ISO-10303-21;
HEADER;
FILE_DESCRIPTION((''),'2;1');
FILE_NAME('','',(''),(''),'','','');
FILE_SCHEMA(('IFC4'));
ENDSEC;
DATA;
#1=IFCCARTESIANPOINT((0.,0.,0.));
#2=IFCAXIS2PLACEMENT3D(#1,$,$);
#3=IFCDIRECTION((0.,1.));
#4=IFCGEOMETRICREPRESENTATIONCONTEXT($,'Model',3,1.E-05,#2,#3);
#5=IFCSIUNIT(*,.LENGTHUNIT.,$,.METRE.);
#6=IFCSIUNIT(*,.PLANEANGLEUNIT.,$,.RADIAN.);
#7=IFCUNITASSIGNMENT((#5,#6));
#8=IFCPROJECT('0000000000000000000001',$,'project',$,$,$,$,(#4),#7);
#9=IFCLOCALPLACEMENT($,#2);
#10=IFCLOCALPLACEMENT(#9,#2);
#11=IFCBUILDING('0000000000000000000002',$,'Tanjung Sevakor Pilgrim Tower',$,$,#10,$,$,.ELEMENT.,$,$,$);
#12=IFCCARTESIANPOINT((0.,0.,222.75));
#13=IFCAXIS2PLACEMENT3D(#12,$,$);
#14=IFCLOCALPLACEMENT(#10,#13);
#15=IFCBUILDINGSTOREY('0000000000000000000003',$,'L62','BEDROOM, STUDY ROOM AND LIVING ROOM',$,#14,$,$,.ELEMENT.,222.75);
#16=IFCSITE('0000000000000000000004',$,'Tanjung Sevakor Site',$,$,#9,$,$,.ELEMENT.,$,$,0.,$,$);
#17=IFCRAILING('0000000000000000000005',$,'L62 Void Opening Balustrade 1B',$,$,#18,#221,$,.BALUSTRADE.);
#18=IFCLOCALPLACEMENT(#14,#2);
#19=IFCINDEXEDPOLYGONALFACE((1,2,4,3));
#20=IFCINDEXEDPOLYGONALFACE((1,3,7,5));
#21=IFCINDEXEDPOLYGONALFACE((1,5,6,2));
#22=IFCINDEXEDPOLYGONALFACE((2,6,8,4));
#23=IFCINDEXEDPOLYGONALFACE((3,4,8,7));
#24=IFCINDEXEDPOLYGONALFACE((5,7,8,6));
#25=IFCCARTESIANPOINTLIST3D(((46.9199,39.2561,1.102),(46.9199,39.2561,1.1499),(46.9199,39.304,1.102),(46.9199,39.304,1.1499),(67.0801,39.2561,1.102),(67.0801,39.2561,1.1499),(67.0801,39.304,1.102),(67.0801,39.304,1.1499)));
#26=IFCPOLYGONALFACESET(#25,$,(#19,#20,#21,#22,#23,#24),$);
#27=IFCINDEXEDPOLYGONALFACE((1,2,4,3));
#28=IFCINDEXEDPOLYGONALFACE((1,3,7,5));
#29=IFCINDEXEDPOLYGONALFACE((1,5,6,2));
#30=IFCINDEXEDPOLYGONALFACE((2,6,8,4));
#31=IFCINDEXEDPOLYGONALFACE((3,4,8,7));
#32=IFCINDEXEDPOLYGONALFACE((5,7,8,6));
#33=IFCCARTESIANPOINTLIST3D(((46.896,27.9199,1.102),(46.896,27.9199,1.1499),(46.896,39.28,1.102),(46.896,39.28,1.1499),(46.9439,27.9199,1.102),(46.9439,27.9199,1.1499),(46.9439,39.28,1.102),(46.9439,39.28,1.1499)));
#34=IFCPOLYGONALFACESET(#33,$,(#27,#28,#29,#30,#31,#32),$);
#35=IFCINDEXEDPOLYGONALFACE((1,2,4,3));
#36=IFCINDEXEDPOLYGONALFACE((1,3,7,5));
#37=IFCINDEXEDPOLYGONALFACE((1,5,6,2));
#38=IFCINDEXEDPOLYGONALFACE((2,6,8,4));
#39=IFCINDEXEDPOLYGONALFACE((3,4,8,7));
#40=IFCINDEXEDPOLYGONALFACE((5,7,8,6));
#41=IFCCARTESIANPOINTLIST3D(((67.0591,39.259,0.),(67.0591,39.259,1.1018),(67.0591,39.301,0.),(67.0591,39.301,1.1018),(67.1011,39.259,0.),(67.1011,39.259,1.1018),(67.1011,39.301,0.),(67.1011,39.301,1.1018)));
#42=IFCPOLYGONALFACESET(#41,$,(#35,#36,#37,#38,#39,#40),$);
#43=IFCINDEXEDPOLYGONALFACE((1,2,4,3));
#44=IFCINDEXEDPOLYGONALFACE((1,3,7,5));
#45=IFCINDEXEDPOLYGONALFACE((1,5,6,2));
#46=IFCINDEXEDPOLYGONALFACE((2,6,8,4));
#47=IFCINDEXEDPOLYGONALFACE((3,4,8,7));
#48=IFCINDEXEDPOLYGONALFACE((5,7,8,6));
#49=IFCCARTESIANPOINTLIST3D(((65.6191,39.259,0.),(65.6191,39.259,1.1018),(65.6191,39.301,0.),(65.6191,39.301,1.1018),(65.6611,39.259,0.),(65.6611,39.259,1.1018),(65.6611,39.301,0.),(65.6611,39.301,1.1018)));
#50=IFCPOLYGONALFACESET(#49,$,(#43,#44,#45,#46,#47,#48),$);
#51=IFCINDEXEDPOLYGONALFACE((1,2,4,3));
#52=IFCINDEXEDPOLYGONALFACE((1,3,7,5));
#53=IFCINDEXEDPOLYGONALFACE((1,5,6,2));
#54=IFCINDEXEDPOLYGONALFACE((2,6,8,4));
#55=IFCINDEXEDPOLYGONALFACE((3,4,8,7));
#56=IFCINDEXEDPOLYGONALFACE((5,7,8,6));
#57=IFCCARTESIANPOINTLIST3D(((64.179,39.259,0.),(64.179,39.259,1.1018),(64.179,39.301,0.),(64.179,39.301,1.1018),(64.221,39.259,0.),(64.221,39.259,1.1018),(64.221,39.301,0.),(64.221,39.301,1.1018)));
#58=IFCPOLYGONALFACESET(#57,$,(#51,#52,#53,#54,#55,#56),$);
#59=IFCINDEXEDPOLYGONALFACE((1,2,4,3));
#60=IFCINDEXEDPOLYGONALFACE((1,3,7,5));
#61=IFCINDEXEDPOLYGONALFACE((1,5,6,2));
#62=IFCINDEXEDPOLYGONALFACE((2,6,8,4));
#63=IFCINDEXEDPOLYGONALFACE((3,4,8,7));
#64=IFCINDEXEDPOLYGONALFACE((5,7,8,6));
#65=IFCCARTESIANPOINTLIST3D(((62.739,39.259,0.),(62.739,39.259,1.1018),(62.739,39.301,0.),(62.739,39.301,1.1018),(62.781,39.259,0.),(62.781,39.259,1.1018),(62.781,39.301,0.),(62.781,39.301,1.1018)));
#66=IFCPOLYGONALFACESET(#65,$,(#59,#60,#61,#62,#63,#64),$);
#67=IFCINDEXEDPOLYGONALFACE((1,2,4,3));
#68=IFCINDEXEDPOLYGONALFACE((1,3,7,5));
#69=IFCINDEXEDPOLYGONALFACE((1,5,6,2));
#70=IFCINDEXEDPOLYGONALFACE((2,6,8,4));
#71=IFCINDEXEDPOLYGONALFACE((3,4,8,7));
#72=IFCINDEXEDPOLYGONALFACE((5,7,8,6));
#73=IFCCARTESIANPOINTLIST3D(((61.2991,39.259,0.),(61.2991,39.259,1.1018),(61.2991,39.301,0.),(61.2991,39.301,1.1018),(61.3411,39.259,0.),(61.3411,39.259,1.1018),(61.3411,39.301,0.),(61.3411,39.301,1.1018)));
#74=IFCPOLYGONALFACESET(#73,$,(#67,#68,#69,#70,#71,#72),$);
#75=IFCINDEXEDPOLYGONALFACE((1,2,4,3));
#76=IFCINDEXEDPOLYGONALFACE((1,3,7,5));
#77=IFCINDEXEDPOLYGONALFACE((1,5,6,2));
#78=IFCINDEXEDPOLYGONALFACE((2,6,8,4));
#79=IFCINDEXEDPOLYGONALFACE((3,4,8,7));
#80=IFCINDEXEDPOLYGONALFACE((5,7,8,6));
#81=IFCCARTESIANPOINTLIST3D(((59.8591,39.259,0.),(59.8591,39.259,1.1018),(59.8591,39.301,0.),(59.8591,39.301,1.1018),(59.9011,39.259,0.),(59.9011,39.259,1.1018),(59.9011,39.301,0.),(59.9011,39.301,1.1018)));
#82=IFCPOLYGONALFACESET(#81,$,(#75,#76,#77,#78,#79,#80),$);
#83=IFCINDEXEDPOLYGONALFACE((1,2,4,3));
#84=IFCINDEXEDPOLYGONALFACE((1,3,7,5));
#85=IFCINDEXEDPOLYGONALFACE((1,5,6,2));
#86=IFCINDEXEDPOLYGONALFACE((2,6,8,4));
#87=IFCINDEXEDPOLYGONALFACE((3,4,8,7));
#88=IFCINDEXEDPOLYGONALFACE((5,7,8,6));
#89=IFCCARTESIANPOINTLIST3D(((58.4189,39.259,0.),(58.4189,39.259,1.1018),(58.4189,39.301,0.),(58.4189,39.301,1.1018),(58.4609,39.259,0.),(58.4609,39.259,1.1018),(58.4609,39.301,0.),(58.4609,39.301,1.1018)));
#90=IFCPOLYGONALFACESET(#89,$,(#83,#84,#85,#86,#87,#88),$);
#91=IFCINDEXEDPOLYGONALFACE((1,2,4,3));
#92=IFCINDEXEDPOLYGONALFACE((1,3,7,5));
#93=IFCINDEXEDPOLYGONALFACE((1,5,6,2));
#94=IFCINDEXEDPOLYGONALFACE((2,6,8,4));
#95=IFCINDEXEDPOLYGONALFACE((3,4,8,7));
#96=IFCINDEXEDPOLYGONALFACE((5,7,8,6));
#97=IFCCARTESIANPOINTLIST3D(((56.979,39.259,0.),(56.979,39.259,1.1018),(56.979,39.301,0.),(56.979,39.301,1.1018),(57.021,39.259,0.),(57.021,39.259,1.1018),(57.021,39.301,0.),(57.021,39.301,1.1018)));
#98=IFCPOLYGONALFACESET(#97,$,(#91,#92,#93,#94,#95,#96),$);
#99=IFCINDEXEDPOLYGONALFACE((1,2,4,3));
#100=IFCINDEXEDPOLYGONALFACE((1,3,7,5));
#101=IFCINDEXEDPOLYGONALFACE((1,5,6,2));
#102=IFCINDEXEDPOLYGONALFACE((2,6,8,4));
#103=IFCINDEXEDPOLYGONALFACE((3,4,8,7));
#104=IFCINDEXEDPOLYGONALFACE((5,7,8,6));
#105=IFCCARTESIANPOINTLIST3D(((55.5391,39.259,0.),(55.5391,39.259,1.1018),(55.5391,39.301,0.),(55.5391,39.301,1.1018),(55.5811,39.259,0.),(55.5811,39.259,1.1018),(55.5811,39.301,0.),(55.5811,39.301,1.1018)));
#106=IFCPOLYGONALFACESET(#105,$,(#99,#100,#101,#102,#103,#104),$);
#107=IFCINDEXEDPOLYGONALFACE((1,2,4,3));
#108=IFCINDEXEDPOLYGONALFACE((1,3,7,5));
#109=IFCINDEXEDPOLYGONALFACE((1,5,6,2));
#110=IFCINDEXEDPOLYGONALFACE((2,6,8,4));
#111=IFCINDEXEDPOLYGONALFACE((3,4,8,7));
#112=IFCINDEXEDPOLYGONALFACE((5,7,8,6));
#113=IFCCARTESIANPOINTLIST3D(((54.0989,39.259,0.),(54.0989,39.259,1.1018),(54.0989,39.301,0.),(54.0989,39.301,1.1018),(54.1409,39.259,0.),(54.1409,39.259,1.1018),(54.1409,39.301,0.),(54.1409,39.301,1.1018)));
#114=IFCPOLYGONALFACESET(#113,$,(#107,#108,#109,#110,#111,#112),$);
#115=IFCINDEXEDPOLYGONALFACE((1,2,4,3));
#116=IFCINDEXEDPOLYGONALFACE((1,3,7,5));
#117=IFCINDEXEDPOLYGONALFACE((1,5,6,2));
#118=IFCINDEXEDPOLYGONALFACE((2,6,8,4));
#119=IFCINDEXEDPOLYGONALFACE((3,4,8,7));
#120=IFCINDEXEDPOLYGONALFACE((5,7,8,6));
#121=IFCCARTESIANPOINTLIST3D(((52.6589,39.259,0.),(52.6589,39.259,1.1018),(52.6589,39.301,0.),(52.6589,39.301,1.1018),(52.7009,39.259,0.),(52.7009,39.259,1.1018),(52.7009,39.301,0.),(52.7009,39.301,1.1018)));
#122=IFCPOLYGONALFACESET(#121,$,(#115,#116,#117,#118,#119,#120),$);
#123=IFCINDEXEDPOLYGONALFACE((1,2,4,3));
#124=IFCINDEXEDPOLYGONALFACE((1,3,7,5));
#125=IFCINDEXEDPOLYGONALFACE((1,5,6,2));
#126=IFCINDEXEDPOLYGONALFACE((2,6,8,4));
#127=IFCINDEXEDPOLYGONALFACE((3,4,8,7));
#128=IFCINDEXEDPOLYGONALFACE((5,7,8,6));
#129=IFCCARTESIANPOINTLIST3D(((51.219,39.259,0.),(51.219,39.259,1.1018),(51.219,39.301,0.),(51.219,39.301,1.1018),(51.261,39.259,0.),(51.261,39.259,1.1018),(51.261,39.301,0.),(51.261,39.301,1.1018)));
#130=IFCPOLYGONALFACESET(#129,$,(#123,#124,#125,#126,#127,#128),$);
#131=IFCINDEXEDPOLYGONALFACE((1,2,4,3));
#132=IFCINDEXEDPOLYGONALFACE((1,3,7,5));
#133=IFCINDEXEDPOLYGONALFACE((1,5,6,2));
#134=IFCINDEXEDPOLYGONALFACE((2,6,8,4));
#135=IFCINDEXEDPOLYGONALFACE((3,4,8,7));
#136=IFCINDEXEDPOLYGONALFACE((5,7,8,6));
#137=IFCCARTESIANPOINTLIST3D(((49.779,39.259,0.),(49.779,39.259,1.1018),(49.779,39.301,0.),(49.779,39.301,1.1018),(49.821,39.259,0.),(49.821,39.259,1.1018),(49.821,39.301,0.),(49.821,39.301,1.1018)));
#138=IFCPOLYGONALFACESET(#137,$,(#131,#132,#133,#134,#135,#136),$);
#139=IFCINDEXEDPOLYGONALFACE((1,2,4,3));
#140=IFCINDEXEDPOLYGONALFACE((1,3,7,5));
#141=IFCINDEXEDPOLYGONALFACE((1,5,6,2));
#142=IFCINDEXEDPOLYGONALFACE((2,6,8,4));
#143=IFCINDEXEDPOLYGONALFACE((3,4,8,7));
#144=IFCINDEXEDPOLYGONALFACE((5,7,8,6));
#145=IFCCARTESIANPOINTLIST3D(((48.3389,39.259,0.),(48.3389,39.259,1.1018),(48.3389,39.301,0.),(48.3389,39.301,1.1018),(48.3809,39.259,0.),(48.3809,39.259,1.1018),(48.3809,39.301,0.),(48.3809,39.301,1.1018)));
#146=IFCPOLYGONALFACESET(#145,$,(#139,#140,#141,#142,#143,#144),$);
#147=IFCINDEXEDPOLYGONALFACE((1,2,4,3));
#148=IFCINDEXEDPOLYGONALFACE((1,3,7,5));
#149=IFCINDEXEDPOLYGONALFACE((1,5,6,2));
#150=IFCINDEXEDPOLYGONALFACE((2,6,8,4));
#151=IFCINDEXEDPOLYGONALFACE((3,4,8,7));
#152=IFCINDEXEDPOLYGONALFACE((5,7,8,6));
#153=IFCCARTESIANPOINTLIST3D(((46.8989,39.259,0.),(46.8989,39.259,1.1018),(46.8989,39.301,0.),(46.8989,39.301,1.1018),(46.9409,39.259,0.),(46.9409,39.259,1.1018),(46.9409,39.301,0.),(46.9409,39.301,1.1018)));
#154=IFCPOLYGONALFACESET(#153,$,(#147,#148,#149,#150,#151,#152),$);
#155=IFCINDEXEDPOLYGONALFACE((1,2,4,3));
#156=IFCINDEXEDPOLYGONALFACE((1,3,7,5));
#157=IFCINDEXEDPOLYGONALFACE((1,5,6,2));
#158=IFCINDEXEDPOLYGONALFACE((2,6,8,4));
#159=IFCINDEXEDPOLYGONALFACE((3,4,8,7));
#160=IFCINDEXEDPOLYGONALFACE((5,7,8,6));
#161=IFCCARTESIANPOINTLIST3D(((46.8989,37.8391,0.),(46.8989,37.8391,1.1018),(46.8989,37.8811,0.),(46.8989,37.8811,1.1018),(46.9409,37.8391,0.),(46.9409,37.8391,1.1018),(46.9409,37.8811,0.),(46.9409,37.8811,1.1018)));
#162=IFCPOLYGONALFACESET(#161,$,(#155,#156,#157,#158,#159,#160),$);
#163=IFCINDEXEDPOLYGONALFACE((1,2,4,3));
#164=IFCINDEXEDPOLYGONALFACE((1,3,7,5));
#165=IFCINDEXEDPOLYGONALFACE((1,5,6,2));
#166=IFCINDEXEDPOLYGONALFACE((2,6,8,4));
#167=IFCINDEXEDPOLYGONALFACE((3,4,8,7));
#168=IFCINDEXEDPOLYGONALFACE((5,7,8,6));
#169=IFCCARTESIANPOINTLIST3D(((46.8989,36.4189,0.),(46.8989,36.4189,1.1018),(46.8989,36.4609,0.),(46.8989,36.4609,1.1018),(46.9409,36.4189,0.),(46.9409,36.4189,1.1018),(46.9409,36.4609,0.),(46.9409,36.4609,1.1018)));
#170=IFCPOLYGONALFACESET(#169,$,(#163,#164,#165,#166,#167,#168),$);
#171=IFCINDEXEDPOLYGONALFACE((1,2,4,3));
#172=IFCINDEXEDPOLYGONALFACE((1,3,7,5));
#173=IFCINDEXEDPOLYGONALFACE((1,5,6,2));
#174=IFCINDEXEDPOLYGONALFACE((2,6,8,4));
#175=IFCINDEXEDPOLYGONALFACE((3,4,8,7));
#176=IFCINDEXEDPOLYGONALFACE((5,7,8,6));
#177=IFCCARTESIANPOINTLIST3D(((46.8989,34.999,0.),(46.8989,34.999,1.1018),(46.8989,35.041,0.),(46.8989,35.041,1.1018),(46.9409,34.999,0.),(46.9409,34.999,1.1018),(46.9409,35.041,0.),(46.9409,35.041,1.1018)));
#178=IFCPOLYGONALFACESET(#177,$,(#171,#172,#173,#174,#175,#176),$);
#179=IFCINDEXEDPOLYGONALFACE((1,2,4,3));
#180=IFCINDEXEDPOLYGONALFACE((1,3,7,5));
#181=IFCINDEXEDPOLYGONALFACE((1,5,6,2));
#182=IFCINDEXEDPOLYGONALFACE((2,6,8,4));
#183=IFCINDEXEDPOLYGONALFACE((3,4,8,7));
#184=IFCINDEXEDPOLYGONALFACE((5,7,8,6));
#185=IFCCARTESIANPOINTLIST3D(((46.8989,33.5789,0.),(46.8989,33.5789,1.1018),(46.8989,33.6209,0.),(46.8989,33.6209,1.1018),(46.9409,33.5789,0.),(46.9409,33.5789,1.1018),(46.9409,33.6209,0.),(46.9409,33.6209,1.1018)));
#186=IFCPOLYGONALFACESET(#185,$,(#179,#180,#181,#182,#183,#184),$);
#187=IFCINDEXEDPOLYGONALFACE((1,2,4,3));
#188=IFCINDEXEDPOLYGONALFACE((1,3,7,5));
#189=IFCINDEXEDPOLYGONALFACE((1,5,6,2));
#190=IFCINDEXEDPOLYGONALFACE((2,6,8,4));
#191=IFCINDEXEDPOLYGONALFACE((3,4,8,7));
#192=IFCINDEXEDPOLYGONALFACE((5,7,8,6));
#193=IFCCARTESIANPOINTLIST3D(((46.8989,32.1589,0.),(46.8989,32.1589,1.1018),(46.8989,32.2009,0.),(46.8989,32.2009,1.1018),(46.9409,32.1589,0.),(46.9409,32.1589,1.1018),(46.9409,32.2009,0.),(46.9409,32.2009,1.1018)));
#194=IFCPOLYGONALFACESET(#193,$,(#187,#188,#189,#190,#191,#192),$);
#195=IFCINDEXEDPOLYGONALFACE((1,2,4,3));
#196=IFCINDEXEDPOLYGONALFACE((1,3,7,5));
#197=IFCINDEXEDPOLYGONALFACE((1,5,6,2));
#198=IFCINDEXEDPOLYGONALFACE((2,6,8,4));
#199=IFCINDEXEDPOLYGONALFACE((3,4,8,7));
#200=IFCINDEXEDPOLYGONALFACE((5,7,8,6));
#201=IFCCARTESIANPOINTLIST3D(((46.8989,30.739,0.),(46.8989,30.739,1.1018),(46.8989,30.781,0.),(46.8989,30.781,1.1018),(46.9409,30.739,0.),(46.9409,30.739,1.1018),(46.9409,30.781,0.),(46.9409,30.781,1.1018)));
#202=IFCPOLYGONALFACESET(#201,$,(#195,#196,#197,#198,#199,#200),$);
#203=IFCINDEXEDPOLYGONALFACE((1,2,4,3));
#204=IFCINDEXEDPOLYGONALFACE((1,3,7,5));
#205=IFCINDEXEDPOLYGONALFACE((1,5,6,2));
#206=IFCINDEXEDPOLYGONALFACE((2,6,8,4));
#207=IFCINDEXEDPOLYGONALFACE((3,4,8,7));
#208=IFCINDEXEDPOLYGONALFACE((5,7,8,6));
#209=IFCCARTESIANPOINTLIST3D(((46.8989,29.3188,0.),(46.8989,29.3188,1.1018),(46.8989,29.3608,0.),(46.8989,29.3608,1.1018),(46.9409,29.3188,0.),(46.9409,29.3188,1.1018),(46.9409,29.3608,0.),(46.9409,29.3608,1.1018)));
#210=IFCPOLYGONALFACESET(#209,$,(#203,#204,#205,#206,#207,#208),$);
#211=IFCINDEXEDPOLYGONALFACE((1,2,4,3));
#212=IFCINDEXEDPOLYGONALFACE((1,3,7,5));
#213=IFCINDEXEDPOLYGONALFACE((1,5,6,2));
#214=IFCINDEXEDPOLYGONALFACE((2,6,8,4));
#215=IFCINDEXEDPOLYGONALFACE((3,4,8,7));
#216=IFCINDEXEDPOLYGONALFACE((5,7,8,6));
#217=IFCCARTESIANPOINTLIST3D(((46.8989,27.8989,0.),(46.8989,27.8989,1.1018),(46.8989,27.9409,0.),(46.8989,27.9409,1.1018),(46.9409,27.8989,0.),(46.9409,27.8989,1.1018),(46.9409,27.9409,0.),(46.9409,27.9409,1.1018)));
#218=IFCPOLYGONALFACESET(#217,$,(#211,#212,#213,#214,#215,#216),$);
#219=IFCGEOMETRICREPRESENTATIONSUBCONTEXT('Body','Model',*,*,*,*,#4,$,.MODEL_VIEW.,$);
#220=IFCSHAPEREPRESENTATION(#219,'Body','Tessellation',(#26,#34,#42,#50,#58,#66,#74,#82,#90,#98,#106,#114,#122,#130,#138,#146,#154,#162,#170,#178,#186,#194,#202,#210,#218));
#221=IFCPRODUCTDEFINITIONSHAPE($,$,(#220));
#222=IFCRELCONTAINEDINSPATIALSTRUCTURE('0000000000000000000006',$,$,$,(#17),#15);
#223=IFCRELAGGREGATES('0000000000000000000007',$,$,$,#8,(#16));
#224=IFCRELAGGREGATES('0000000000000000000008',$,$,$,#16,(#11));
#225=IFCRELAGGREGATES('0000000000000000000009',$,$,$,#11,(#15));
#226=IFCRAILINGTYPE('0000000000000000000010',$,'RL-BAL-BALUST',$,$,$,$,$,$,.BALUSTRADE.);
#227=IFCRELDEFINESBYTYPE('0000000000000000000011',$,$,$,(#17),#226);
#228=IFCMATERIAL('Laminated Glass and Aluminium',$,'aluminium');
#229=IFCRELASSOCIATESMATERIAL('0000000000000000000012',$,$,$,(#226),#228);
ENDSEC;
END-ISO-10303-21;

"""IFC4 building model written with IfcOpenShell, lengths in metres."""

from ifc_helpers import new_model, si_unit, direction, frame, origin, place, context, subcontext, project, spatial, rectangle, extrude, material, type_object, element, save


model = new_model("IFC4")

# Units and contexts
model_context = context("Model", 3, precision=1e-05, world=origin(), true_north=direction((0.0, 1.0)))
body_context = subcontext(model_context, "Body", "Model", "MODEL_VIEW")
ifc_project = project(units=[si_unit("LENGTHUNIT", "METRE"), si_unit("PLANEANGLEUNIT", "RADIAN")], contexts=[model_context])

# Site, building, storey
site_placement = place(None, origin())
site = spatial("IfcSite", under=ifc_project, at=site_placement, Name="Tanjung Sevakor Site", CompositionType="ELEMENT", RefElevation=0.0)
building_placement = place(site_placement, origin())
building = spatial("IfcBuilding", under=site, at=building_placement, Name="Tanjung Sevakor Pilgrim Tower", CompositionType="ELEMENT")
storey_placement = place(building_placement, frame((0.0, 0.0, 222.75)))
storey = spatial("IfcBuildingStorey", under=building, at=storey_placement, Name="L62", Description="BEDROOM, STUDY ROOM AND LIVING ROOM", CompositionType="ELEMENT", Elevation=222.75)

# Railing
ifc_material_1 = material(Name="Laminated Glass and Aluminium", Category="aluminium")
railing_type = type_object("IfcRailingType", Name="RL-BAL-BALUST", PredefinedType="BALUSTRADE", material=ifc_material_1)
railing_1_placement = place(storey_placement, frame((67.0801, 39.28, 0.0)))
element("IfcRailing", 1, at=railing_1_placement, inside=storey, type_object=railing_type, Name="L62 Void Opening Balustrade 1B", PredefinedType="BALUSTRADE", context=body_context, shape_type="SweptSolid", body=[
    extrude(rectangle(XDim=0.0479, YDim=0.0479), frame((0.0, 0.0, 1.126), z_axis=(-1.0, 0.0, 0.0), x_axis=(0.0, -1.0, 0.0)), (0.0, 0.0, 1.0), 20.1602),
    extrude(rectangle(XDim=0.0479, YDim=0.0479), frame((-20.1602, 0.0, 1.126), z_axis=(0.0, -1.0, 0.0), x_axis=(1.0, 0.0, 0.0)), (0.0, 0.0, 1.0), 11.3601),
    extrude(rectangle(XDim=0.042, YDim=0.042), origin(), (0.0, 0.0, 1.0), 1.1018),
    extrude(rectangle(XDim=0.042, YDim=0.042), frame((-1.4399, 0.0, 0.0)), (0.0, 0.0, 1.0), 1.1018),
    extrude(rectangle(XDim=0.042, YDim=0.042), frame((-2.8801, 0.0, 0.0)), (0.0, 0.0, 1.0), 1.1018),
    extrude(rectangle(XDim=0.042, YDim=0.042), frame((-4.3201, 0.0, 0.0)), (0.0, 0.0, 1.0), 1.1018),
    extrude(rectangle(XDim=0.042, YDim=0.042), frame((-5.76, 0.0, 0.0)), (0.0, 0.0, 1.0), 1.1018),
    extrude(rectangle(XDim=0.042, YDim=0.042), frame((-7.2, 0.0, 0.0)), (0.0, 0.0, 1.0), 1.1018),
    extrude(rectangle(XDim=0.042, YDim=0.042), frame((-8.6401, 0.0, 0.0)), (0.0, 0.0, 1.0), 1.1018),
    extrude(rectangle(XDim=0.042, YDim=0.042), frame((-10.0801, 0.0, 0.0)), (0.0, 0.0, 1.0), 1.1018),
    extrude(rectangle(XDim=0.042, YDim=0.042), frame((-11.52, 0.0, 0.0)), (0.0, 0.0, 1.0), 1.1018),
    extrude(rectangle(XDim=0.042, YDim=0.042), frame((-12.9602, 0.0, 0.0)), (0.0, 0.0, 1.0), 1.1018),
    extrude(rectangle(XDim=0.042, YDim=0.042), frame((-14.4001, 0.0, 0.0)), (0.0, 0.0, 1.0), 1.1018),
    extrude(rectangle(XDim=0.042, YDim=0.042), frame((-15.8401, 0.0, 0.0)), (0.0, 0.0, 1.0), 1.1018),
    extrude(rectangle(XDim=0.042, YDim=0.042), frame((-17.28, 0.0, 0.0)), (0.0, 0.0, 1.0), 1.1018),
    extrude(rectangle(XDim=0.042, YDim=0.042), frame((-18.7202, 0.0, 0.0)), (0.0, 0.0, 1.0), 1.1018),
    extrude(rectangle(XDim=0.042, YDim=0.042), frame((-20.1602, 0.0, 0.0)), (0.0, 0.0, 1.0), 1.1018),
    extrude(rectangle(XDim=0.042, YDim=0.042), frame((-20.1602, -1.4199, 0.0)), (0.0, 0.0, 1.0), 1.1018),
    extrude(rectangle(XDim=0.042, YDim=0.042), frame((-20.1602, -2.8401, 0.0)), (0.0, 0.0, 1.0), 1.1018),
    extrude(rectangle(XDim=0.042, YDim=0.042), frame((-20.1602, -4.26, 0.0)), (0.0, 0.0, 1.0), 1.1018),
    extrude(rectangle(XDim=0.042, YDim=0.042), frame((-20.1602, -5.6802, 0.0)), (0.0, 0.0, 1.0), 1.1018),
    extrude(rectangle(XDim=0.042, YDim=0.042), frame((-20.1602, -7.1001, 0.0)), (0.0, 0.0, 1.0), 1.1018),
    extrude(rectangle(XDim=0.042, YDim=0.042), frame((-20.1602, -8.52, 0.0)), (0.0, 0.0, 1.0), 1.1018),
    extrude(rectangle(XDim=0.042, YDim=0.042), frame((-20.1602, -9.9402, 0.0)), (0.0, 0.0, 1.0), 1.1018),
    extrude(rectangle(XDim=0.042, YDim=0.042), frame((-20.1602, -11.3601, 0.0)), (0.0, 0.0, 1.0), 1.1018),
])

save(model, "model.ifc")
